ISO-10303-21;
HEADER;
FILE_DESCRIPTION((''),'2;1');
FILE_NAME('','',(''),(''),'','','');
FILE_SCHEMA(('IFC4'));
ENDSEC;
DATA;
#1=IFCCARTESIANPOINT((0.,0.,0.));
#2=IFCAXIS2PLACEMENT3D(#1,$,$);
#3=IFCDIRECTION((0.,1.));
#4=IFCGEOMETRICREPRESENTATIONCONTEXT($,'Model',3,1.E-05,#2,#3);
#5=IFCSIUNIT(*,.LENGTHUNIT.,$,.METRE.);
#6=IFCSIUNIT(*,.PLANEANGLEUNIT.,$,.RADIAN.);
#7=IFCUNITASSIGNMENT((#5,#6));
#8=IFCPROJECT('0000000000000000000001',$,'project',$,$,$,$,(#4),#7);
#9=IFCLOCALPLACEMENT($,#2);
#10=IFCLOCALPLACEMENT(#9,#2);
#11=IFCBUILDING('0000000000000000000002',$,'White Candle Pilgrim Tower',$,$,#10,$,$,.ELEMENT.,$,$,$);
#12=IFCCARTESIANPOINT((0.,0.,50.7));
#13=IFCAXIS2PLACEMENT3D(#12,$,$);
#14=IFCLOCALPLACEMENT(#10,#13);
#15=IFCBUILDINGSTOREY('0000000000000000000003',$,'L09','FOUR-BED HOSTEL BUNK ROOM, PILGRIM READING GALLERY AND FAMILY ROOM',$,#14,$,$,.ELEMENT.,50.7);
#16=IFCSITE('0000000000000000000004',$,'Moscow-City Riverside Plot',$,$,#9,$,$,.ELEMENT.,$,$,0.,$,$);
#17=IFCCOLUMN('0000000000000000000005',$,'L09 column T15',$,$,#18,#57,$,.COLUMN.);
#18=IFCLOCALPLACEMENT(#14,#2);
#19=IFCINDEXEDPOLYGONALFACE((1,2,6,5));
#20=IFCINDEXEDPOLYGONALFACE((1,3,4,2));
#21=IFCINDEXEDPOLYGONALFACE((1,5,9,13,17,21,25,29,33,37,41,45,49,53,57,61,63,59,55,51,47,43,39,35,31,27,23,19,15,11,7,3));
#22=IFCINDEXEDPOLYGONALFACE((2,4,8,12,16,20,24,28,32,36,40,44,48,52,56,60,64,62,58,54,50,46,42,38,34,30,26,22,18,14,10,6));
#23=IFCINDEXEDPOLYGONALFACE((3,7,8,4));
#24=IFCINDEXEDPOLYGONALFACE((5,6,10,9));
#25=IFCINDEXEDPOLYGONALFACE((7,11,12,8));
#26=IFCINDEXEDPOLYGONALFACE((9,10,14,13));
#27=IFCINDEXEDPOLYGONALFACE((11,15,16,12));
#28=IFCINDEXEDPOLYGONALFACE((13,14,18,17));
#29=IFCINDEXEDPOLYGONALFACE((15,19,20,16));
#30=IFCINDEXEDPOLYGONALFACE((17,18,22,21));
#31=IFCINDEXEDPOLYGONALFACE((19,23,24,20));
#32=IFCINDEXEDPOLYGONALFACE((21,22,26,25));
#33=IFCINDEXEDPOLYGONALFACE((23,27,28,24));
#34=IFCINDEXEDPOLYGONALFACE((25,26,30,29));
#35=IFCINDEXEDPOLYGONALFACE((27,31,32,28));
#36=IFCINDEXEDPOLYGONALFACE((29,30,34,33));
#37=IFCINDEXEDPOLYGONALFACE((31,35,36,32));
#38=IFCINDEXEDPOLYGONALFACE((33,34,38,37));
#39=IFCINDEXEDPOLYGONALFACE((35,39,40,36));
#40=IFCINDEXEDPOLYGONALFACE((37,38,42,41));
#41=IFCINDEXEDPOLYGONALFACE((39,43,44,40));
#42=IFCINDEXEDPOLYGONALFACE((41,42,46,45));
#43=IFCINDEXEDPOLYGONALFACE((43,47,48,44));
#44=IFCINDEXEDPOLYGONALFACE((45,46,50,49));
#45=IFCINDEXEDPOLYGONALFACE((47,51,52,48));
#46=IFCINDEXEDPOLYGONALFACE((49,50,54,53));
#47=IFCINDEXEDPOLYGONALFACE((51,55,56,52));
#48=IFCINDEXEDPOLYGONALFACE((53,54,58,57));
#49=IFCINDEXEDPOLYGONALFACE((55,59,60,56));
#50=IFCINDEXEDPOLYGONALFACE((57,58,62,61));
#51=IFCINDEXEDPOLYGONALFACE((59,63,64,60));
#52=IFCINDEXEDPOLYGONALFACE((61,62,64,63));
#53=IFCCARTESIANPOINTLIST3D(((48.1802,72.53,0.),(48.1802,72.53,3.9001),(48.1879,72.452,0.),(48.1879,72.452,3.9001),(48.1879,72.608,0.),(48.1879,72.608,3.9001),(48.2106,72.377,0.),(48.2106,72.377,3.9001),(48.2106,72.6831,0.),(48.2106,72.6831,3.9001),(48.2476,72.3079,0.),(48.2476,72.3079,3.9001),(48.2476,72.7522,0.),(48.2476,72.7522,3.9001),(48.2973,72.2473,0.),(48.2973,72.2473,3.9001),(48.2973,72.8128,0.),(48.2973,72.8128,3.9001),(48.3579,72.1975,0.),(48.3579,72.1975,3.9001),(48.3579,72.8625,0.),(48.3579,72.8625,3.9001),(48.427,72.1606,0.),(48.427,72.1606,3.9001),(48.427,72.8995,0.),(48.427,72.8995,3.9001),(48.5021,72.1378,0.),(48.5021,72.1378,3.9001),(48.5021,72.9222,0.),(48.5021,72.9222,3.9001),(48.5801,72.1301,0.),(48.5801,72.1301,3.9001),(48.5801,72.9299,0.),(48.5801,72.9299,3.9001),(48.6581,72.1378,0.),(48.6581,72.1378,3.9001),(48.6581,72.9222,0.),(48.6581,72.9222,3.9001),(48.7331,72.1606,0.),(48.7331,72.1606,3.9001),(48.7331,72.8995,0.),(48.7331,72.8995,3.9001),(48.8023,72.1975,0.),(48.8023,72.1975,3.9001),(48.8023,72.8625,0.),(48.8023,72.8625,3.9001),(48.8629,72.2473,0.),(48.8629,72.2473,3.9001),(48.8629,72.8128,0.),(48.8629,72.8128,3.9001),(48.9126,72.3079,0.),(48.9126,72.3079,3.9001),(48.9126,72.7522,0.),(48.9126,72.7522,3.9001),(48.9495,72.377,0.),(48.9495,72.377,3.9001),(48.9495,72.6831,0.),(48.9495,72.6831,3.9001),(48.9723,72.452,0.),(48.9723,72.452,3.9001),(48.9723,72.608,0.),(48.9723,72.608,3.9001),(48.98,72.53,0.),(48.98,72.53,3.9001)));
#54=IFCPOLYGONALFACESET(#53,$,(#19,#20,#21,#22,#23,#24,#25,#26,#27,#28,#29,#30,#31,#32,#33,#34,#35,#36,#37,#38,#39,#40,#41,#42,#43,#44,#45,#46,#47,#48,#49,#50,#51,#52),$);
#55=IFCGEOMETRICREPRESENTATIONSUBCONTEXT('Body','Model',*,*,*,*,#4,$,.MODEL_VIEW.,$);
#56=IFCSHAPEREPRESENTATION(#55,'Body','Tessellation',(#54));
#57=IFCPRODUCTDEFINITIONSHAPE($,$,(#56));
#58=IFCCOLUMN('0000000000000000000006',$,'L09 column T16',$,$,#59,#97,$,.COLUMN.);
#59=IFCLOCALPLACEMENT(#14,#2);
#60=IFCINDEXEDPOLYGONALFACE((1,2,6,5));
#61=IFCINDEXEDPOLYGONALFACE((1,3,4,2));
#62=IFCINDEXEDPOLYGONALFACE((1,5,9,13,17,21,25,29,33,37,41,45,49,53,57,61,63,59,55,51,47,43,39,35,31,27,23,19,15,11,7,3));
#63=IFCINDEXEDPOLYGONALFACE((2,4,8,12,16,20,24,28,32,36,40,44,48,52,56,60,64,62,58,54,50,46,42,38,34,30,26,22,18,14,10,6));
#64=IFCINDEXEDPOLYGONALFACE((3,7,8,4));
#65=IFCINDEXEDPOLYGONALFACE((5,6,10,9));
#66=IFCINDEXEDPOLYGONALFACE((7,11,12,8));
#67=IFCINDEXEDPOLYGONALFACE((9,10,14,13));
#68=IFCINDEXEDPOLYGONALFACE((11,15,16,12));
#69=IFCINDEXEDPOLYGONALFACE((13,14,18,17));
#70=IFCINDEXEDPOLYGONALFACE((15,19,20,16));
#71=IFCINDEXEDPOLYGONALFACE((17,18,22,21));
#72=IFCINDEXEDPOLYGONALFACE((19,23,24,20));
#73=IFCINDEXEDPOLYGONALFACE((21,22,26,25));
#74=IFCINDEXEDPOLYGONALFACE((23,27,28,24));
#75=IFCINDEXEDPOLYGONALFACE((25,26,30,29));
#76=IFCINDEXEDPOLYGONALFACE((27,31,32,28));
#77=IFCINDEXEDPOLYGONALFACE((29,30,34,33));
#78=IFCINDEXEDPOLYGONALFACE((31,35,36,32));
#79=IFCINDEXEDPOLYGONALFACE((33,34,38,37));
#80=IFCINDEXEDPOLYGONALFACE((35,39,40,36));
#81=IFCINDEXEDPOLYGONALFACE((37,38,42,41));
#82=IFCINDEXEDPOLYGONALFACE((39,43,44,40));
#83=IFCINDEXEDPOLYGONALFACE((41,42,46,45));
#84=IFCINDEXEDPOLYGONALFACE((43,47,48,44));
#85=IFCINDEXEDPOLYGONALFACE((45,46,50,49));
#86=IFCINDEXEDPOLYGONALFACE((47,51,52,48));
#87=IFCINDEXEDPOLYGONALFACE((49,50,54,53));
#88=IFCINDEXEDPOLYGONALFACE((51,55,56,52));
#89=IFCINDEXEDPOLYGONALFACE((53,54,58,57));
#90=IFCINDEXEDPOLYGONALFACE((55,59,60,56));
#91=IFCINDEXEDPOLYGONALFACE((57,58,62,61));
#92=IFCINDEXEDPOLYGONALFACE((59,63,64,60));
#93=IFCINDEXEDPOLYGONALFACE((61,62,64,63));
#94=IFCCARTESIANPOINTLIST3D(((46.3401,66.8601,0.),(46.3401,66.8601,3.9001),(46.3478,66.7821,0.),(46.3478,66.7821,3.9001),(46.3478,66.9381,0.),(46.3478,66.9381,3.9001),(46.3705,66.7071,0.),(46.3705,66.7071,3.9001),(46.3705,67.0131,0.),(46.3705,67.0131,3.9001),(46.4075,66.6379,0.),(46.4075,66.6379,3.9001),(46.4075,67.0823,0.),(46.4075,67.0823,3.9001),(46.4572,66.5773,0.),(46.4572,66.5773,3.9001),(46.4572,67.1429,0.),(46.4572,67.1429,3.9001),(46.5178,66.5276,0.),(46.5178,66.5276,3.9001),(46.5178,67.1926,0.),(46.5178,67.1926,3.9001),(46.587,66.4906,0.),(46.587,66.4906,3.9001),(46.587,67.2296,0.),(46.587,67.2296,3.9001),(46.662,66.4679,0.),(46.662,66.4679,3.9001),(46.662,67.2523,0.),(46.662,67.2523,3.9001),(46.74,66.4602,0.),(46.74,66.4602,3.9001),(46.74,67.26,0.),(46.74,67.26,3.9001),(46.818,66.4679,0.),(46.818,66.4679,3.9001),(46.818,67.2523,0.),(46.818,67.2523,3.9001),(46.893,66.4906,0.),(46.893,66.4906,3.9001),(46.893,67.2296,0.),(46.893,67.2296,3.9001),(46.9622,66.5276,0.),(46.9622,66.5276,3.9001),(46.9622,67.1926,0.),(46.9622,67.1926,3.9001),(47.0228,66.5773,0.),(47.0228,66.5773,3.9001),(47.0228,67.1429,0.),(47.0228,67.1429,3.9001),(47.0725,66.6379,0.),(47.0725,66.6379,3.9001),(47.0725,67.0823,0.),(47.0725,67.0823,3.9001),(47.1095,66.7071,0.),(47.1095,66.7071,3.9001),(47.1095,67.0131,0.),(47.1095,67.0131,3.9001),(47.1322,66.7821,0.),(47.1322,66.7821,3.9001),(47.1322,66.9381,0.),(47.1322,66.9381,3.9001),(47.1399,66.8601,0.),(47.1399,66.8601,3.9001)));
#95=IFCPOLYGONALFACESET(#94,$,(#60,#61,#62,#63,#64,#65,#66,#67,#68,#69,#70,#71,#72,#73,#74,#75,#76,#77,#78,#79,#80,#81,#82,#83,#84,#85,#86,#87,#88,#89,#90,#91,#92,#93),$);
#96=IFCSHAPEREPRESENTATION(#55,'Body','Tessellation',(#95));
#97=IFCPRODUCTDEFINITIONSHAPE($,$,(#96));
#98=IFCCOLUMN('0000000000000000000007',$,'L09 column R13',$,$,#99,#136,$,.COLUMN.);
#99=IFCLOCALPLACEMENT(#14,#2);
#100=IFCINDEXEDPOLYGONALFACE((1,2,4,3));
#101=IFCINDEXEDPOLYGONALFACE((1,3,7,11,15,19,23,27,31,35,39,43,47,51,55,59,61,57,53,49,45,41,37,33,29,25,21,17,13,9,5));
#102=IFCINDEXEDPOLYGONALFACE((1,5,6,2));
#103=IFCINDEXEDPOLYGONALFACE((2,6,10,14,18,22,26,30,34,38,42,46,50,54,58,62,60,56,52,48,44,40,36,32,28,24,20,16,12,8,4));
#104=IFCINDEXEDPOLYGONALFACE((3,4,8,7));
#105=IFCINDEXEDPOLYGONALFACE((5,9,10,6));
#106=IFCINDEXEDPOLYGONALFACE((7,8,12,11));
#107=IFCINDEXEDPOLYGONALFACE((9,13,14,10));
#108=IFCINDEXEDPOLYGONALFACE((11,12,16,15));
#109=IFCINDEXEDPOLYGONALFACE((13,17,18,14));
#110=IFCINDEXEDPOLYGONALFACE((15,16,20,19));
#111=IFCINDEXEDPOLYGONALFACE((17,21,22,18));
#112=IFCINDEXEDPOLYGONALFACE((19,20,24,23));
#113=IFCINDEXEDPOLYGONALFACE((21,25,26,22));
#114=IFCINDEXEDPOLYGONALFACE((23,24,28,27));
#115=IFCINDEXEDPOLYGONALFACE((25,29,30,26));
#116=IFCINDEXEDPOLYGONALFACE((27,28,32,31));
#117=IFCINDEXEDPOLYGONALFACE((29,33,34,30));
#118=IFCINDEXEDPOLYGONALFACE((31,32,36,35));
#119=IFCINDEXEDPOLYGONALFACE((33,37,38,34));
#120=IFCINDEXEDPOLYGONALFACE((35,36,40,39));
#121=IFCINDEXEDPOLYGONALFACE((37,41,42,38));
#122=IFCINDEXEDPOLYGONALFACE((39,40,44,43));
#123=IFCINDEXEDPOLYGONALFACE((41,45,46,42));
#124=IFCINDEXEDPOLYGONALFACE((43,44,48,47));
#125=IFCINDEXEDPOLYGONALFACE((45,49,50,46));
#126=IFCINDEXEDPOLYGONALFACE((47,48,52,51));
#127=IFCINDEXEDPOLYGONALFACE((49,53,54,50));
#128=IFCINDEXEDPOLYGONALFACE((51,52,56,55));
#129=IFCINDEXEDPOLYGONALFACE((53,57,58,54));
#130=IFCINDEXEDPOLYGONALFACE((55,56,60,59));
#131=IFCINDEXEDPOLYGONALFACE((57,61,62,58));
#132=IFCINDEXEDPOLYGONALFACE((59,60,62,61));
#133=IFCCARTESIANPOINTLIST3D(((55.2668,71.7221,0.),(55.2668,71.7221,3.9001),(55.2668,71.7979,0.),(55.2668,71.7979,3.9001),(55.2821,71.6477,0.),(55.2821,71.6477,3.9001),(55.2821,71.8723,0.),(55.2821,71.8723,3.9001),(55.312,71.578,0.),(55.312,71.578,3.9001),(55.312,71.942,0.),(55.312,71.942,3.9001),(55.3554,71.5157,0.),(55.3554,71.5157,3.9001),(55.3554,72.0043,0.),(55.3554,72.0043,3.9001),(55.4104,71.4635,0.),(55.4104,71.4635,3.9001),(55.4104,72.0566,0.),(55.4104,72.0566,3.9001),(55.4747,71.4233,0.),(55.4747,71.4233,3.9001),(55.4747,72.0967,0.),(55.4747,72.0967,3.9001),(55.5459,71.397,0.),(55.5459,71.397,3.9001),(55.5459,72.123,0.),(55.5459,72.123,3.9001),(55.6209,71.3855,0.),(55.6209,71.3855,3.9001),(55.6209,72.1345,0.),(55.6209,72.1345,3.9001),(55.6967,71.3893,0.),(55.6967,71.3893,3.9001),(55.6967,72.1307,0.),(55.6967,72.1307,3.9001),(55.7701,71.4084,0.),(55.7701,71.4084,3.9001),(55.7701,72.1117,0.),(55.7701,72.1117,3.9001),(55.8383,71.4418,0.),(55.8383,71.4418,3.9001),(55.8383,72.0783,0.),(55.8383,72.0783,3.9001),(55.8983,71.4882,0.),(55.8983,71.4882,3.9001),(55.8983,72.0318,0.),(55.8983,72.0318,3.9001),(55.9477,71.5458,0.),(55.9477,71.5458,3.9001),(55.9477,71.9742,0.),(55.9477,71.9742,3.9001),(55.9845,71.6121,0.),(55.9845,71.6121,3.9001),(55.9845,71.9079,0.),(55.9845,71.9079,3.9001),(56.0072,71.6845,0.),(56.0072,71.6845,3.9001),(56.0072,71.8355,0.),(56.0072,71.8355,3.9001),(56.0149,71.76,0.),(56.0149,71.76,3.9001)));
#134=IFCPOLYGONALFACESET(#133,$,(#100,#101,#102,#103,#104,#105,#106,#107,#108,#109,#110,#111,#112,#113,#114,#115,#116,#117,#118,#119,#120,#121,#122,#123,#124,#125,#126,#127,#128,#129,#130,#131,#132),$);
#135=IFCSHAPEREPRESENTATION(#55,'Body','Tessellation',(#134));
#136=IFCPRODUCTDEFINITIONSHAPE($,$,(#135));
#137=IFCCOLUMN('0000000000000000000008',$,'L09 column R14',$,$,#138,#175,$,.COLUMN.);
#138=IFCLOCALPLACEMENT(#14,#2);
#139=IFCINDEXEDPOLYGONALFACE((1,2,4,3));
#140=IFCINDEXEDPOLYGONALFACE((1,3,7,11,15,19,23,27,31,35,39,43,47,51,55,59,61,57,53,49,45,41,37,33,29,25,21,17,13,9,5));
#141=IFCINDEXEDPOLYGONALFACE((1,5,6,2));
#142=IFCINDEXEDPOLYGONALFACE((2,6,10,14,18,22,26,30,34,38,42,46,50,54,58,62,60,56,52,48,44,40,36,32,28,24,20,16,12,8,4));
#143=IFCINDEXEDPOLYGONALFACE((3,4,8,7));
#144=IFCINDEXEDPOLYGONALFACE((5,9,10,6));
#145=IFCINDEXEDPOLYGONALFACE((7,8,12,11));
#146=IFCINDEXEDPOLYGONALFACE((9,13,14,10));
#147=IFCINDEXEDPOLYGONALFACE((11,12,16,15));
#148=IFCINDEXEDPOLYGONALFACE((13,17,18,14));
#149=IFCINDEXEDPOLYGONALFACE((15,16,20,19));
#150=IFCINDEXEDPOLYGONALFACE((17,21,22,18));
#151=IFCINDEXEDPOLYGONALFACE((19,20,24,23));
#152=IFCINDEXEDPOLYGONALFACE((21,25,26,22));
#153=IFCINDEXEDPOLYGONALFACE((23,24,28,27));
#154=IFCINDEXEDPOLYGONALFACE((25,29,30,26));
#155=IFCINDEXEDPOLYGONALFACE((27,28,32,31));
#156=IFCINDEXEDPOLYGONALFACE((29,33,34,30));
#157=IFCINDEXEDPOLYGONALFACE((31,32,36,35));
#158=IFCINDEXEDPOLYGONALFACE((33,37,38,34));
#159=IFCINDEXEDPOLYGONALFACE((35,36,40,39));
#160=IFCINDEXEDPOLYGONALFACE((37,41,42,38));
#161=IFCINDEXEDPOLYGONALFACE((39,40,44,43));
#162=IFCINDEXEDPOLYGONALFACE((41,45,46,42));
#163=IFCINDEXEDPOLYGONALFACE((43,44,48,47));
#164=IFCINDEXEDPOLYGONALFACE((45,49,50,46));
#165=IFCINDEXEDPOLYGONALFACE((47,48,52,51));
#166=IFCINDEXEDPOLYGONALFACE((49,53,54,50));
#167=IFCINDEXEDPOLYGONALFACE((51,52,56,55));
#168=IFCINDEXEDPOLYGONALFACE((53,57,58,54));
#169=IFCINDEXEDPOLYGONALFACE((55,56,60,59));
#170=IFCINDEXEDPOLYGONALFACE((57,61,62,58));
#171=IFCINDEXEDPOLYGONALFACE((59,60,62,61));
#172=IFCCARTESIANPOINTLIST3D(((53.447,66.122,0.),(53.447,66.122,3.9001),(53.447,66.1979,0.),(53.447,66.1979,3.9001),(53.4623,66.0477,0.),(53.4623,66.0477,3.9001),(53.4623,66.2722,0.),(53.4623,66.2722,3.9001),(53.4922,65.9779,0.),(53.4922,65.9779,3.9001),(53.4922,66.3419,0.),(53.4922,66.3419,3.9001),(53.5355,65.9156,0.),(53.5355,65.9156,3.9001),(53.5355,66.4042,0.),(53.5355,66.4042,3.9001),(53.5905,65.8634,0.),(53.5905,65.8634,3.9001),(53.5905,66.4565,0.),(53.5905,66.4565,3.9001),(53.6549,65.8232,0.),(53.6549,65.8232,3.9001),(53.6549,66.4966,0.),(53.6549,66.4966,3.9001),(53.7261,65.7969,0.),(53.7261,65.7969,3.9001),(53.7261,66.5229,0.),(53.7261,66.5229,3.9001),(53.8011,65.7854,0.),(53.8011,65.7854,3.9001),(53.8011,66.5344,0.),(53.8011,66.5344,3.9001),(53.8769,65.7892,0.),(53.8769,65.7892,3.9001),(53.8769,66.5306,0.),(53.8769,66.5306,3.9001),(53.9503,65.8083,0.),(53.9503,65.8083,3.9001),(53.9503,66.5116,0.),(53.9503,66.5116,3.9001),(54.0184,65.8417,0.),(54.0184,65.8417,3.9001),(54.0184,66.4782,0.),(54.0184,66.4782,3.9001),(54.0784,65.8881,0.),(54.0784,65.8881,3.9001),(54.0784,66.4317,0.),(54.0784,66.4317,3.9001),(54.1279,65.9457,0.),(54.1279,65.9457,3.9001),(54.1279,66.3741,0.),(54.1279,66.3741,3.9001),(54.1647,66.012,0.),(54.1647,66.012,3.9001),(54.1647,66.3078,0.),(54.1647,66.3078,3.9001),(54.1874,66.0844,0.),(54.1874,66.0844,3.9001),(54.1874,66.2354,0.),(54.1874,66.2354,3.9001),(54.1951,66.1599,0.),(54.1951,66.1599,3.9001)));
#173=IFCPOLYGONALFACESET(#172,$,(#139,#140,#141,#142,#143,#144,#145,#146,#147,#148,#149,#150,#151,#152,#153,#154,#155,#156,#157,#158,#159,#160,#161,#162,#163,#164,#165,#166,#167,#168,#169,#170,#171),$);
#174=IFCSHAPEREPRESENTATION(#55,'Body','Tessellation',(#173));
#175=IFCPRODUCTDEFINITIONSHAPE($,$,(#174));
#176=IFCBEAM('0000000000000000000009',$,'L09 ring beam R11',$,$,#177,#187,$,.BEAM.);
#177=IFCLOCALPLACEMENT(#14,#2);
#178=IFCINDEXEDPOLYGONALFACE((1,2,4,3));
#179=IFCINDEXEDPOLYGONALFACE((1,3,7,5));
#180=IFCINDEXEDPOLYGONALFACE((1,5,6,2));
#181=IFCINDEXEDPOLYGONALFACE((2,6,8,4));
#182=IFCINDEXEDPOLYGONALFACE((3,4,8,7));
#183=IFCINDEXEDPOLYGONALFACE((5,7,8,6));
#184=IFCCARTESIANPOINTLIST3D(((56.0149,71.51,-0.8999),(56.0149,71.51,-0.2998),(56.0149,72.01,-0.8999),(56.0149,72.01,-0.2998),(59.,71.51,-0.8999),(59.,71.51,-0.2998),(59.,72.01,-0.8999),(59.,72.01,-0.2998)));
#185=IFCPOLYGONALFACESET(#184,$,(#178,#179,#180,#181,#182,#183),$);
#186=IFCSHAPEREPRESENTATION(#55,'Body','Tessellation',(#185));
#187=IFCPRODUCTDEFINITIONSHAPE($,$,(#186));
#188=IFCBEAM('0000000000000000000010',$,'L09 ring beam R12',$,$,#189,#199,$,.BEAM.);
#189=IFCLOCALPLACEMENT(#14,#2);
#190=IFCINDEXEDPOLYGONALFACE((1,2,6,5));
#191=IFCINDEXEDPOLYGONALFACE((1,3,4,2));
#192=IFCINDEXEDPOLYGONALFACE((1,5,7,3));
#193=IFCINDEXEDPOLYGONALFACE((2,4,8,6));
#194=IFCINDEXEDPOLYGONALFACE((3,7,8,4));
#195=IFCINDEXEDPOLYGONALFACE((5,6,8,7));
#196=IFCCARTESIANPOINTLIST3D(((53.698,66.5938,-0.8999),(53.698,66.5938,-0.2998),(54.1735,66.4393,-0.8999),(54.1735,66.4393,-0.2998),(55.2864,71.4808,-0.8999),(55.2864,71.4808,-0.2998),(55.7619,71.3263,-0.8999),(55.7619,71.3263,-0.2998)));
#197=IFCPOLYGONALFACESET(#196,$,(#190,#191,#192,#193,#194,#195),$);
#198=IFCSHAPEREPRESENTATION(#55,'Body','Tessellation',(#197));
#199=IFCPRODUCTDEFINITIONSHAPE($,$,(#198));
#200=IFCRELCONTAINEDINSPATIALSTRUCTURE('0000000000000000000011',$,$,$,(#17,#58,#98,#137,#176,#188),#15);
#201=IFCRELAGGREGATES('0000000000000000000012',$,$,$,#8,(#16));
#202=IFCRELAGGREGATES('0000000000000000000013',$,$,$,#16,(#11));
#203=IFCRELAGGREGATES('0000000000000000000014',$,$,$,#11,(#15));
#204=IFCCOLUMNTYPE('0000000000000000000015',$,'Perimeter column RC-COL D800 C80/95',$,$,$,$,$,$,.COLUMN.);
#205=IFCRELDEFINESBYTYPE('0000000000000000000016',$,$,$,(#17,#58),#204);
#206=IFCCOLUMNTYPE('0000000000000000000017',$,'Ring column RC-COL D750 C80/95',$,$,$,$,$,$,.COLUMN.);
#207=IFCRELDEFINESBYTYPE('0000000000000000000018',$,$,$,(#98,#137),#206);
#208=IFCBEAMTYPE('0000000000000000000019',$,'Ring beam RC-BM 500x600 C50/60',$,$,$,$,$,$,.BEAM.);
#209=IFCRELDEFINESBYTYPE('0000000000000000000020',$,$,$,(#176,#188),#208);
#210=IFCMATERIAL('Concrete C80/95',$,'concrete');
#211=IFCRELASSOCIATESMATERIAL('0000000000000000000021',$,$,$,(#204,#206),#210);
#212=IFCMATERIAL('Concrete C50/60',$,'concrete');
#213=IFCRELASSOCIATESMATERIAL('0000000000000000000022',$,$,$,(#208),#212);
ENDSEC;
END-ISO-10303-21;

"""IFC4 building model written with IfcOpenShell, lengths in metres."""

from ifc_helpers import new_model, si_unit, direction, frame, origin, origin_2d, place, context, subcontext, project, spatial, rectangle, circle, extrude, material, material_profile, profile_set, type_object, element, save


model = new_model("IFC4")

# Units and contexts
model_context = context("Model", 3, precision=1e-05, world=origin(), true_north=direction((0.0, 1.0)))
body_context = subcontext(model_context, "Body", "Model", "MODEL_VIEW")
ifc_project = project(units=[si_unit("LENGTHUNIT", "METRE"), si_unit("PLANEANGLEUNIT", "RADIAN")], contexts=[model_context])

# Site, building, storey
site_placement = place(None, origin())
site = spatial("IfcSite", under=ifc_project, at=site_placement, Name="Moscow-City Riverside Plot", CompositionType="ELEMENT", RefElevation=0.0)
building_placement = place(site_placement, origin())
building = spatial("IfcBuilding", under=site, at=building_placement, Name="White Candle Pilgrim Tower", CompositionType="ELEMENT")
storey_placement = place(building_placement, frame((0.0, 0.0, 50.7)))
storey = spatial("IfcBuildingStorey", under=building, at=storey_placement, Name="L09", Description="FOUR-BED HOSTEL BUNK ROOM, PILGRIM READING GALLERY AND FAMILY ROOM", CompositionType="ELEMENT", Elevation=50.7)

# Columns
ifc_material_1 = material(Name="Concrete C80/95", Category="concrete")
ifc_material_profile_1 = material_profile(ifc_material_1, circle(Radius=0.3999, at=origin_2d()), Name="RC-COL D800")
ifc_profile_set_1 = profile_set([ifc_material_profile_1], Name="Concrete C80/95")
column_type_1 = type_object("IfcColumnType", Name="Perimeter column RC-COL D800 C80/95", PredefinedType="COLUMN", material=ifc_profile_set_1)
for number, where, z_axis, x_axis, name in (
    (1, (48.5801, 72.53, 0.0), (0.0, 0.0, 1.0), (1.0, 0.0, 0.0), "L09 column T15"),
    (2, (46.74, 66.8601, 0.0), (0.0, 0.0, 1.0), (1.0, 0.0, 0.0), "L09 column T16"),
):
    element("IfcColumn", number, at=place(storey_placement, frame(where, z_axis=z_axis, x_axis=x_axis)), inside=storey, type_object=column_type_1, Name=name, PredefinedType="COLUMN", context=body_context, shape_type="SweptSolid", body=[
        extrude(circle(Radius=0.3999, at=origin_2d()), origin(), (0.0, 0.0, 1.0), 3.9001),
    ])
ifc_material_profile_2 = material_profile(ifc_material_1, circle(Radius=0.375, at=origin_2d()), Name="RC-COL D750")
ifc_profile_set_2 = profile_set([ifc_material_profile_2], Name="Concrete C80/95")
column_type_2 = type_object("IfcColumnType", Name="Ring column RC-COL D750 C80/95", PredefinedType="COLUMN", material=ifc_profile_set_2)
for number, where, z_axis, x_axis, name in (
    (3, (55.6399, 71.76, 0.0), (0.0, 0.0, 1.0), (1.0, 0.0, 0.0), "L09 column R13"),
    (4, (53.8201, 66.1599, 0.0), (0.0, 0.0, 1.0), (1.0, 0.0, 0.0), "L09 column R14"),
):
    element("IfcColumn", number, at=place(storey_placement, frame(where, z_axis=z_axis, x_axis=x_axis)), inside=storey, type_object=column_type_2, Name=name, PredefinedType="COLUMN", context=body_context, shape_type="SweptSolid", body=[
        extrude(circle(Radius=0.375, at=origin_2d()), origin(), (0.0, 0.0, 1.0), 3.9001),
    ])

# Beams
ifc_material_2 = material(Name="Concrete C50/60", Category="concrete")
ifc_material_profile_3 = material_profile(ifc_material_2, rectangle(XDim=0.5, YDim=0.6001, at=origin_2d()), Name="RC-BM 500x600")
ifc_profile_set_3 = profile_set([ifc_material_profile_3], Name="Concrete C50/60")
beam_type_1 = type_object("IfcBeamType", Name="Ring beam RC-BM 500x600 C50/60", PredefinedType="BEAM", material=ifc_profile_set_3)
beam_1_placement = place(storey_placement, frame((56.0149, 71.76, -0.5999), z_axis=(1.0, 0.0, 0.0), x_axis=(0.0, 1.0, 0.0)))
element("IfcBeam", 5, at=beam_1_placement, inside=storey, type_object=beam_type_1, Name="L09 ring beam R11", PredefinedType="BEAM", context=body_context, shape_type="SweptSolid", body=[
    extrude(rectangle(XDim=0.5, YDim=0.6001, at=origin_2d()), origin(), (0.0, 0.0, 1.0), 2.9851),
])
beam_2_placement = place(storey_placement, frame((55.5242, 71.4036, -0.5999), z_axis=(-0.309106, -0.951027, 0.0), x_axis=(0.951027, -0.309106, 0.0)))
element("IfcBeam", 6, at=beam_2_placement, inside=storey, type_object=beam_type_1, Name="L09 ring beam R12", PredefinedType="BEAM", context=body_context, shape_type="SweptSolid", body=[
    extrude(rectangle(XDim=0.5, YDim=0.6001, at=origin_2d()), origin(), (0.0, 0.0, 1.0), 5.1387),
])

save(model, "model.ifc")
